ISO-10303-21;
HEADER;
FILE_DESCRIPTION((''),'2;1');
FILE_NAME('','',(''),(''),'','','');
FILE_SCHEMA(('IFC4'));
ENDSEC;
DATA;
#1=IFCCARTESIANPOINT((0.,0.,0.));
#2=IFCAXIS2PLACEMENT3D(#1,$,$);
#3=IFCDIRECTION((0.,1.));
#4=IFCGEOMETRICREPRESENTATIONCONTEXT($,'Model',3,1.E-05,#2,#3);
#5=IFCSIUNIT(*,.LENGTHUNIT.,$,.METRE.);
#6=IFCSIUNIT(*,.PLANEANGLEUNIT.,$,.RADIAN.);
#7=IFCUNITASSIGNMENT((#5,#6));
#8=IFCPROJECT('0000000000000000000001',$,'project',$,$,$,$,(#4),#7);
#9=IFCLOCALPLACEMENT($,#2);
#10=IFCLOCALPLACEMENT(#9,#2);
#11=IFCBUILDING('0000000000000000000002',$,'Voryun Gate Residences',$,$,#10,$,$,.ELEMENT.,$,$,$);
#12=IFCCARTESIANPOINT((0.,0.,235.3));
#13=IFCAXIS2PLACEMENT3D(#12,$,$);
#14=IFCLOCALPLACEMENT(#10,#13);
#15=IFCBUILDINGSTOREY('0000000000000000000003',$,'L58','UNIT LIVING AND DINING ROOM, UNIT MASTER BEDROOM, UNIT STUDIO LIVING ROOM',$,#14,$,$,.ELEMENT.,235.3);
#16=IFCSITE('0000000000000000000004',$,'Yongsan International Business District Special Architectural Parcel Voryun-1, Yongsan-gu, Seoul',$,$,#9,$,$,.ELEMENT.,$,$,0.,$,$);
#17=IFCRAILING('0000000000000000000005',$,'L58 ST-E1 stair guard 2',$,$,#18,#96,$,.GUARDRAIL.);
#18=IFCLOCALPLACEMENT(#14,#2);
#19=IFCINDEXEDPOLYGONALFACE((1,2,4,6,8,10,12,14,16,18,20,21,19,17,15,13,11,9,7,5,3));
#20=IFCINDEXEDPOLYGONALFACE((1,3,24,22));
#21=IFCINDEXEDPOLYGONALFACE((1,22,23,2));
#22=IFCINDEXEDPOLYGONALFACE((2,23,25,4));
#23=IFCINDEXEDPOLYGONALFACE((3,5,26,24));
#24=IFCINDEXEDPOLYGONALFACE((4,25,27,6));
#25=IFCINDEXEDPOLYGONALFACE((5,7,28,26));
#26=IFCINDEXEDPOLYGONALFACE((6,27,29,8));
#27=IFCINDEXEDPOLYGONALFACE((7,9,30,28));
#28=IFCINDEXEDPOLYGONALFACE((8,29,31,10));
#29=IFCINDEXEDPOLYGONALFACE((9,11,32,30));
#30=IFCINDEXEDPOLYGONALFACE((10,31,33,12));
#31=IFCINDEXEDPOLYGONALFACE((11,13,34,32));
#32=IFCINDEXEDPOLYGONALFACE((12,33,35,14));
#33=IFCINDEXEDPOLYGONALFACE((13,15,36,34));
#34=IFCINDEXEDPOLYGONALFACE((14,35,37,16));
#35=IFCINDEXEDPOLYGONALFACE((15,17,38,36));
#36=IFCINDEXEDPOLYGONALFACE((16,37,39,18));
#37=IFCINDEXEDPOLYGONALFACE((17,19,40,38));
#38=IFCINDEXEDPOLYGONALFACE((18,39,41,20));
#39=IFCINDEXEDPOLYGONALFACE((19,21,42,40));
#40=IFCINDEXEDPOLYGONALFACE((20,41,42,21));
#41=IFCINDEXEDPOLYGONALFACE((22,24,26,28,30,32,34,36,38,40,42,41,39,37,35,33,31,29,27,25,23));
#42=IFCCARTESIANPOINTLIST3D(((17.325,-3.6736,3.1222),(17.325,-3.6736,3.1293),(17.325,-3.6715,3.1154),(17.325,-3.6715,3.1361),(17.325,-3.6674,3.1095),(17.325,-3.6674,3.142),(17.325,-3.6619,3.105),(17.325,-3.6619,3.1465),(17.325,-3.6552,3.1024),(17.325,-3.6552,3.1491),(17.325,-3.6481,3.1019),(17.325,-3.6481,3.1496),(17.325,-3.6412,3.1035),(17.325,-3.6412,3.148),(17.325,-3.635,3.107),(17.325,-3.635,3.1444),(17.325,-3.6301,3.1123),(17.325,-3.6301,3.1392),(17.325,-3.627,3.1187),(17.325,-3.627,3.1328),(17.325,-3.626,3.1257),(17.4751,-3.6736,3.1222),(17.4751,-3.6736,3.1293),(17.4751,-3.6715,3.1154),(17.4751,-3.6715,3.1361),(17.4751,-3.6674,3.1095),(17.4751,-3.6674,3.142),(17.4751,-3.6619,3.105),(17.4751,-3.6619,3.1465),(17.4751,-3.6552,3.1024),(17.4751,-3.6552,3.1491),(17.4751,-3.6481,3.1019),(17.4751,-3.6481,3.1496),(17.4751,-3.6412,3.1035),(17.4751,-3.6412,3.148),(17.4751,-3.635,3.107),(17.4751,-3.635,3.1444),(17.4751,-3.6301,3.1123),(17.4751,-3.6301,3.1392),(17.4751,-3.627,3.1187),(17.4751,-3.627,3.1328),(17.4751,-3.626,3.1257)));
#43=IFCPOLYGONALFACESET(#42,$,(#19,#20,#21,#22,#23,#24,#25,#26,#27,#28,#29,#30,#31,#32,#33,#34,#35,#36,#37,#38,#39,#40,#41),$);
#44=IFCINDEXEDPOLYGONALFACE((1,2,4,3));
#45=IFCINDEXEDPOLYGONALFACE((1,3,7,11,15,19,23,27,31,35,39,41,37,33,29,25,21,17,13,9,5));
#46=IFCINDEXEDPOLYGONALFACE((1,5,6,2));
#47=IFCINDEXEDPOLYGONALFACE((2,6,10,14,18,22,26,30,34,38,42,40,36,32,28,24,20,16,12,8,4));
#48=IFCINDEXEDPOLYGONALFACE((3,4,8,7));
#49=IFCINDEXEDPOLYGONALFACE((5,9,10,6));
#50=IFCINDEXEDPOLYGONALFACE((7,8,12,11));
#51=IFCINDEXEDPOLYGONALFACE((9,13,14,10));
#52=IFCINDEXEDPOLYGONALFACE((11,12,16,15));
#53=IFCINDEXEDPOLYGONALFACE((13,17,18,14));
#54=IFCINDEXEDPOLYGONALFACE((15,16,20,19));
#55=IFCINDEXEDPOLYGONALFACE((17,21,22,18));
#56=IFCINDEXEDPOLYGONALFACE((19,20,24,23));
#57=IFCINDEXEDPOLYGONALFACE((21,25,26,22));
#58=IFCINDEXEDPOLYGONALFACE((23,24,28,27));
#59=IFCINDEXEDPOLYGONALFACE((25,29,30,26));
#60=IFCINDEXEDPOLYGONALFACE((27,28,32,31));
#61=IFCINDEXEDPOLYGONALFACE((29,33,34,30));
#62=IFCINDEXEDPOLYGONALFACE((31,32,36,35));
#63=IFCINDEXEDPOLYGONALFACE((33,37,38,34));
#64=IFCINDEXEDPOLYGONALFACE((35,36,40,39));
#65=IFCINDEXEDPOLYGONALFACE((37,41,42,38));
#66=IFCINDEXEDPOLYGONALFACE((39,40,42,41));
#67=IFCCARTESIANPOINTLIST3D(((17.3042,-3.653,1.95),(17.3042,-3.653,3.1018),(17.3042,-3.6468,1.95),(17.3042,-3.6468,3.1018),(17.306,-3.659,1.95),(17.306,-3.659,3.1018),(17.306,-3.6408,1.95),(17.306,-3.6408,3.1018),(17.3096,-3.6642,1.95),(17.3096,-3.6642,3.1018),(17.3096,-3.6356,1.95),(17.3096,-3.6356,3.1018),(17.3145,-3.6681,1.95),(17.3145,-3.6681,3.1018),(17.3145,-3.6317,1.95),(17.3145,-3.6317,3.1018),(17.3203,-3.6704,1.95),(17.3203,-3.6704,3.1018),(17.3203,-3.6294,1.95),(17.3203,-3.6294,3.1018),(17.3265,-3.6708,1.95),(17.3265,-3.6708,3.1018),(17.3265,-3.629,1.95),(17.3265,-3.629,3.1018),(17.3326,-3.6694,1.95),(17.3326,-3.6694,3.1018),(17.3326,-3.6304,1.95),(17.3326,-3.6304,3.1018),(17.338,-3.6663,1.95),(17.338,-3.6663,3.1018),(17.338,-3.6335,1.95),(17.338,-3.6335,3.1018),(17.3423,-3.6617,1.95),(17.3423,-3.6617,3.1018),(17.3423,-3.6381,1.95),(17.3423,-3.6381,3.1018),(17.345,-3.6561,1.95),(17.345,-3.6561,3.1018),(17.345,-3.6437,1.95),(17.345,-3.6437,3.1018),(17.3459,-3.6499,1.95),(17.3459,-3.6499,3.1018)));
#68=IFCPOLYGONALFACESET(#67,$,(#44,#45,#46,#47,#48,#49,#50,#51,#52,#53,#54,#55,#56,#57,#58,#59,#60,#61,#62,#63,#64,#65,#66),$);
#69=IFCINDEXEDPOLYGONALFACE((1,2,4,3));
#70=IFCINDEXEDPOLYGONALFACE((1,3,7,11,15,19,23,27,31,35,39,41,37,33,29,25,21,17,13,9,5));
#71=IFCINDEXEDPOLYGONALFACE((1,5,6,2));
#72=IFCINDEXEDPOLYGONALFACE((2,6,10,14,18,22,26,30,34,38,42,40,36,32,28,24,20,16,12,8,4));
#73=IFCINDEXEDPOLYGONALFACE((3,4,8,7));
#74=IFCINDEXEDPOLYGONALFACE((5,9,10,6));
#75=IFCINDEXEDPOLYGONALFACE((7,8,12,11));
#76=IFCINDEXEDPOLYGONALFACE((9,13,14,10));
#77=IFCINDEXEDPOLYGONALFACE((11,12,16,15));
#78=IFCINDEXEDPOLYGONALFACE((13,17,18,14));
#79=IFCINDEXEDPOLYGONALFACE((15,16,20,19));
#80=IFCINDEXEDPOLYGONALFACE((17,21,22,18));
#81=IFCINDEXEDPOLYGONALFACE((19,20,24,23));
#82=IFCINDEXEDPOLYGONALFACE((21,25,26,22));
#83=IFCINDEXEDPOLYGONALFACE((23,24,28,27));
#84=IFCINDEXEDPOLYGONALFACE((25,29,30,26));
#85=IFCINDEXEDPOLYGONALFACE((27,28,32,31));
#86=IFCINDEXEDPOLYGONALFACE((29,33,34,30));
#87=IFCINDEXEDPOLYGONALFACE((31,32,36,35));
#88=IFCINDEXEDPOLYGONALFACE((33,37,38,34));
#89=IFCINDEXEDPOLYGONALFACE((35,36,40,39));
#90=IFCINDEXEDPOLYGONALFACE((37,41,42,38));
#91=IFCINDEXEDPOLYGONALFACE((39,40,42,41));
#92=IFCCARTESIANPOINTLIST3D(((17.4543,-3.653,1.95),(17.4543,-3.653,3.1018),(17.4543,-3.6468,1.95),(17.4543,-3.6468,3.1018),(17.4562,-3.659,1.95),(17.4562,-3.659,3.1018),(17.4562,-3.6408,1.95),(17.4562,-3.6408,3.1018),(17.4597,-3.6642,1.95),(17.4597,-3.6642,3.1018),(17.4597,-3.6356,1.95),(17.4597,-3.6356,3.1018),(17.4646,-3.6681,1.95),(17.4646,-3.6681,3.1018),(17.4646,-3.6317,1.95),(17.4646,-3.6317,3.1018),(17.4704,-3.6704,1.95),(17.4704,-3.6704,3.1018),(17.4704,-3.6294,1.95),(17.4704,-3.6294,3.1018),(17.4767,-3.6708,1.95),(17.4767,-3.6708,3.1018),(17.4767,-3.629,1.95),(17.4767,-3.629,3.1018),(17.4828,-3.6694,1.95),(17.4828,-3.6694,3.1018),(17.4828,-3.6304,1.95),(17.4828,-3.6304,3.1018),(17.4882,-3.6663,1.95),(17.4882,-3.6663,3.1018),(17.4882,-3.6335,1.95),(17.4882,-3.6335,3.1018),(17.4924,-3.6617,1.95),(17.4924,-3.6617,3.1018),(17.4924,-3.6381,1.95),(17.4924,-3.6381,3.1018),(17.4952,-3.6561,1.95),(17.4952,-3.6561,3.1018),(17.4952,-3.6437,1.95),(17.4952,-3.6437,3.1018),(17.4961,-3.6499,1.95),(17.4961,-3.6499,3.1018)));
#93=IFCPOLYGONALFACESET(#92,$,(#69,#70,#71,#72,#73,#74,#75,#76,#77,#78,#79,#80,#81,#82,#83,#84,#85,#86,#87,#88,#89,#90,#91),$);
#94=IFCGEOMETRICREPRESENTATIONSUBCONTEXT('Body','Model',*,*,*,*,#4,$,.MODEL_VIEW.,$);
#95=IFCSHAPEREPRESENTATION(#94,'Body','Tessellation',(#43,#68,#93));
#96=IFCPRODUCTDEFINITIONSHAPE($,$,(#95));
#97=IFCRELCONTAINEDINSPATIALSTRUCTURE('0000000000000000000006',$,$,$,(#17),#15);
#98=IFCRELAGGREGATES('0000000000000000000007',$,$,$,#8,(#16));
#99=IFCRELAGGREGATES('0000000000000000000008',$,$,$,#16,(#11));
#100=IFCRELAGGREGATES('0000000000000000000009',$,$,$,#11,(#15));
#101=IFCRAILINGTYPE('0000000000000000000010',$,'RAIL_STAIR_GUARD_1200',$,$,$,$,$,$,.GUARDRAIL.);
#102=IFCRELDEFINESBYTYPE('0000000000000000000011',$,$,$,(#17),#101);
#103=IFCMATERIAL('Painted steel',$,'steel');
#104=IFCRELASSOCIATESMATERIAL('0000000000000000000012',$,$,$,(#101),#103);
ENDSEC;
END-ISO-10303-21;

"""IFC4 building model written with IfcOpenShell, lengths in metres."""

from ifc_helpers import new_model, si_unit, direction, frame, origin, origin_2d, place, context, subcontext, project, spatial, circle, extrude, material, type_object, element, save


model = new_model("IFC4")

# Units and contexts
model_context = context("Model", 3, precision=1e-05, world=origin(), true_north=direction((0.0, 1.0)))
body_context = subcontext(model_context, "Body", "Model", "MODEL_VIEW")
ifc_project = project(units=[si_unit("LENGTHUNIT", "METRE"), si_unit("PLANEANGLEUNIT", "RADIAN")], contexts=[model_context])

# Site, building, storey
site_placement = place(None, origin())
site = spatial("IfcSite", under=ifc_project, at=site_placement, Name="Yongsan International Business District Special Architectural Parcel Voryun-1, Yongsan-gu, Seoul", CompositionType="ELEMENT", RefElevation=0.0)
building_placement = place(site_placement, origin())
building = spatial("IfcBuilding", under=site, at=building_placement, Name="Voryun Gate Residences", CompositionType="ELEMENT")
storey_placement = place(building_placement, frame((0.0, 0.0, 235.3)))
storey = spatial("IfcBuildingStorey", under=building, at=storey_placement, Name="L58", Description="UNIT LIVING AND DINING ROOM, UNIT MASTER BEDROOM, UNIT STUDIO LIVING ROOM", CompositionType="ELEMENT", Elevation=235.3)

# Railing
ifc_material_1 = material(Name="Painted steel", Category="steel")
railing_type_1 = type_object("IfcRailingType", Name="RAIL_STAIR_GUARD_1200", PredefinedType="GUARDRAIL", material=ifc_material_1)
railing_1_placement = place(storey_placement, frame((17.325, -3.6499, 1.95)))
element("IfcRailing", 1, at=railing_1_placement, inside=storey, type_object=railing_type_1, Name="L58 ST-E1 stair guard 2", PredefinedType="GUARDRAIL", context=body_context, shape_type="SweptSolid", body=[
    extrude(circle(Radius=0.0239, at=origin_2d()), frame((0.0, 0.0, 1.1758), z_axis=(1.0, 0.0, 0.0), x_axis=(0.0, 1.0, 0.0)), (0.0, 0.0, 1.0), 0.1501),
    extrude(circle(Radius=0.021, at=origin_2d()), origin(), (0.0, 0.0, 1.0), 1.1519),
    extrude(circle(Radius=0.021, at=origin_2d()), frame((0.1501, 0.0, 0.0)), (0.0, 0.0, 1.0), 1.1519),
])

save(model, "model.ifc")
